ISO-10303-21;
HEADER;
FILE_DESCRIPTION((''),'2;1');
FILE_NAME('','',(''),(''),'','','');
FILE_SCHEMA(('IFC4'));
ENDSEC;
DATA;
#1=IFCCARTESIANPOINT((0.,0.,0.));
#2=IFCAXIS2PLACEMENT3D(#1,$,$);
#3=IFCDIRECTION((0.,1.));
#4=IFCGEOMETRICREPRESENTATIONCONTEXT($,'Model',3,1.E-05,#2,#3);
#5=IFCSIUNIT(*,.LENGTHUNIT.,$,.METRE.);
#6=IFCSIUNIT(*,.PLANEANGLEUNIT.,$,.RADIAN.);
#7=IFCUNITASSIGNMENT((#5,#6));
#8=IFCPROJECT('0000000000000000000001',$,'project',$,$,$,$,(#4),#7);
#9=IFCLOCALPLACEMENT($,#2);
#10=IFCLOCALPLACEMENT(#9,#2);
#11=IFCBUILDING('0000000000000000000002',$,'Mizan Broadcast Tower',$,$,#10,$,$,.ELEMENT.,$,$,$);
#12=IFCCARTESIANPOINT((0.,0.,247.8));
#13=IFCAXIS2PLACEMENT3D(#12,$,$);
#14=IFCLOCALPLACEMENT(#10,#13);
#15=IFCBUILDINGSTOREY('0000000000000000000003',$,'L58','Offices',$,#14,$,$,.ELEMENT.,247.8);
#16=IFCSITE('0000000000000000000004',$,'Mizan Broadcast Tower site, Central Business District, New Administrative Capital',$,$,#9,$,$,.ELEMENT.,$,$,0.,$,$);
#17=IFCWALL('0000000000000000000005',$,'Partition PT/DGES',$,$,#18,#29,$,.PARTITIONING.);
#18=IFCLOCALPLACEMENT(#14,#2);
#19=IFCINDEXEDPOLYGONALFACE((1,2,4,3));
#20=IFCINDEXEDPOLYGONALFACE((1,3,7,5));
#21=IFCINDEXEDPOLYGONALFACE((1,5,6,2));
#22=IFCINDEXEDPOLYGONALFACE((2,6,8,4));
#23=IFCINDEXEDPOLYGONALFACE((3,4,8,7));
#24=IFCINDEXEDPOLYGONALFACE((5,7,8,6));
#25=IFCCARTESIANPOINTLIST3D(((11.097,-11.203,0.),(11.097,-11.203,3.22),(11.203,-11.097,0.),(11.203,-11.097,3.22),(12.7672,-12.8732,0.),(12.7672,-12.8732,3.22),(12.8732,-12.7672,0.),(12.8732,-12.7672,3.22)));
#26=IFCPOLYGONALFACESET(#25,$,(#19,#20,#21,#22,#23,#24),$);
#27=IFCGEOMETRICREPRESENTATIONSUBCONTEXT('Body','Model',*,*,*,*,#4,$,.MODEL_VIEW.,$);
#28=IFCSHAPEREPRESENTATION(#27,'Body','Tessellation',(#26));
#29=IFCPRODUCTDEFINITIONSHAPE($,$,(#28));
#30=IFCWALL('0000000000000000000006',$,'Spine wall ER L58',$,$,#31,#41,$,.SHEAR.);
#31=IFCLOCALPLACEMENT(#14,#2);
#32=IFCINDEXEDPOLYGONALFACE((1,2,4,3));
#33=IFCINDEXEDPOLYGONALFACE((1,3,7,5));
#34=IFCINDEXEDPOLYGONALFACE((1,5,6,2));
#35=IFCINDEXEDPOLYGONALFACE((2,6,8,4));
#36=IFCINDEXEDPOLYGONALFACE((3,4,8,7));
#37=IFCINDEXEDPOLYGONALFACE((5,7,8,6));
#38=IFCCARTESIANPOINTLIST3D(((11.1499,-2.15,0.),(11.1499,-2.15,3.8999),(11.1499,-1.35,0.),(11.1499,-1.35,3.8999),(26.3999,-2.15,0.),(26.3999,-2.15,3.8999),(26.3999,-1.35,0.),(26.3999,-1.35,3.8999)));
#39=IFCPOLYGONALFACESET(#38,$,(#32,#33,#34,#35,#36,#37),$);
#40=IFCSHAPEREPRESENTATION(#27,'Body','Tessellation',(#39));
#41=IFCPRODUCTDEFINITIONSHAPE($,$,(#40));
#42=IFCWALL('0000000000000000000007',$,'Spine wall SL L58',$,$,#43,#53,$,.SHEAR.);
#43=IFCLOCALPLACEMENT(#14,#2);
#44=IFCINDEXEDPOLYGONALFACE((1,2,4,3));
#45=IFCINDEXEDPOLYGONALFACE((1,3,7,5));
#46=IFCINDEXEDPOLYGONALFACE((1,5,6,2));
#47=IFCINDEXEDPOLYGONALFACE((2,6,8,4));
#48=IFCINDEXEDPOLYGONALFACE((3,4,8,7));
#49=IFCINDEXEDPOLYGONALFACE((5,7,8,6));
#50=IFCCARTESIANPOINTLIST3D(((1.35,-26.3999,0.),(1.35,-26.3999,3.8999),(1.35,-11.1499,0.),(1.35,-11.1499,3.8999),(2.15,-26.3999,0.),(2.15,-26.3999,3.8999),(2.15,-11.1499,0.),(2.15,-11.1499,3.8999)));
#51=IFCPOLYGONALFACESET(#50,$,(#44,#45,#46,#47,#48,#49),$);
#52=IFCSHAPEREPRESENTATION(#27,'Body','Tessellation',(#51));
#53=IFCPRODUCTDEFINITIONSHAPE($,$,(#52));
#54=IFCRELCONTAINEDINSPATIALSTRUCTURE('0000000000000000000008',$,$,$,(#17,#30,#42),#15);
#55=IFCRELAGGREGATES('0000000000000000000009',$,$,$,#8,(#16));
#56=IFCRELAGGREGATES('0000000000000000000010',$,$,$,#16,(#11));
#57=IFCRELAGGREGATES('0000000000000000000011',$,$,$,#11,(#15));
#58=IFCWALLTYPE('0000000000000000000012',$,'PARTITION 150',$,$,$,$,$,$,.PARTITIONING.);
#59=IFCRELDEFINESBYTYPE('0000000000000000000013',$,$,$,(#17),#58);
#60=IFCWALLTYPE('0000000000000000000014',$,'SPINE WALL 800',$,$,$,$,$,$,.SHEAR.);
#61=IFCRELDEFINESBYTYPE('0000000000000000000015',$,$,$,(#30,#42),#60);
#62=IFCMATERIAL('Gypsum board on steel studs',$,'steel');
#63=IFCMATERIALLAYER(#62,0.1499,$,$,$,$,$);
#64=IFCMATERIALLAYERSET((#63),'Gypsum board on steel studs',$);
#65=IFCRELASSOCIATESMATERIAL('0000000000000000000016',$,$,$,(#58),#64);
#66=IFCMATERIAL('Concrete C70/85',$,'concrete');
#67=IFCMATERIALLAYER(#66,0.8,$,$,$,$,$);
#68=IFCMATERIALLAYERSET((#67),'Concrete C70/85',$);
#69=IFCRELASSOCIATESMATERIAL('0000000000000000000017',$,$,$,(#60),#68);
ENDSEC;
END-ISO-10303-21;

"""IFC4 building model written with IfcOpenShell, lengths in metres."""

from ifc_helpers import new_model, si_unit, direction, frame, frame_2d, origin, place, context, subcontext, project, spatial, rectangle, extrude, material, layer, layer_set, type_object, element, save


model = new_model("IFC4")

# Units and contexts
model_context = context("Model", 3, precision=1e-05, world=origin(), true_north=direction((0.0, 1.0)))
body_context = subcontext(model_context, "Body", "Model", "MODEL_VIEW")
ifc_project = project(units=[si_unit("LENGTHUNIT", "METRE"), si_unit("PLANEANGLEUNIT", "RADIAN")], contexts=[model_context])

# Site, building, storey
site_placement = place(None, origin())
site = spatial("IfcSite", under=ifc_project, at=site_placement, Name="Mizan Broadcast Tower site, Central Business District, New Administrative Capital", CompositionType="ELEMENT", RefElevation=0.0)
building_placement = place(site_placement, origin())
building = spatial("IfcBuilding", under=site, at=building_placement, Name="Mizan Broadcast Tower", CompositionType="ELEMENT")
storey_placement = place(building_placement, frame((0.0, 0.0, 247.8)))
storey = spatial("IfcBuildingStorey", under=building, at=storey_placement, Name="L58", Description="Offices", CompositionType="ELEMENT", Elevation=247.8)

# Walls
ifc_material_1 = material(Name="Gypsum board on steel studs", Category="steel")
ifc_layer_1 = layer(ifc_material_1, 0.1499)
ifc_layer_set_1 = layer_set([ifc_layer_1], Name="Gypsum board on steel studs")
wall_type_1 = type_object("IfcWallType", Name="PARTITION 150", PredefinedType="PARTITIONING", material=ifc_layer_set_1)
wall_1_placement = place(storey_placement, frame((11.1499, -11.1499, 0.0), z_axis=(0.0, 0.0, 1.0), x_axis=(0.707107, -0.707107, 0.0)))
element("IfcWall", 1, at=wall_1_placement, inside=storey, type_object=wall_type_1, Name="Partition PT/DGES", PredefinedType="PARTITIONING", context=body_context, shape_type="SweptSolid", body=[
    extrude(rectangle(XDim=2.3621, YDim=0.1499, at=frame_2d((1.1812, 0.0))), origin(), (0.0, 0.0, 1.0), 3.22),
])
ifc_material_2 = material(Name="Concrete C70/85", Category="concrete")
ifc_layer_2 = layer(ifc_material_2, 0.8)
ifc_layer_set_2 = layer_set([ifc_layer_2], Name="Concrete C70/85")
wall_type_2 = type_object("IfcWallType", Name="SPINE WALL 800", PredefinedType="SHEAR", material=ifc_layer_set_2)
for number, where, z_axis, x_axis, name in (
    (2, (11.1499, -1.75, 0.0), (0.0, 0.0, 1.0), (1.0, 0.0, 0.0), "Spine wall ER L58"),
    (3, (1.75, -11.1499, 0.0), (0.0, 0.0, 1.0), (0.0, -1.0, 0.0), "Spine wall SL L58"),
):
    element("IfcWall", number, at=place(storey_placement, frame(where, z_axis=z_axis, x_axis=x_axis)), inside=storey, type_object=wall_type_2, Name=name, PredefinedType="SHEAR", context=body_context, shape_type="SweptSolid", body=[
        extrude(rectangle(XDim=15.25, YDim=0.8, at=frame_2d((7.625, 0.0))), origin(), (0.0, 0.0, 1.0), 3.8999),
    ])

save(model, "model.ifc")
